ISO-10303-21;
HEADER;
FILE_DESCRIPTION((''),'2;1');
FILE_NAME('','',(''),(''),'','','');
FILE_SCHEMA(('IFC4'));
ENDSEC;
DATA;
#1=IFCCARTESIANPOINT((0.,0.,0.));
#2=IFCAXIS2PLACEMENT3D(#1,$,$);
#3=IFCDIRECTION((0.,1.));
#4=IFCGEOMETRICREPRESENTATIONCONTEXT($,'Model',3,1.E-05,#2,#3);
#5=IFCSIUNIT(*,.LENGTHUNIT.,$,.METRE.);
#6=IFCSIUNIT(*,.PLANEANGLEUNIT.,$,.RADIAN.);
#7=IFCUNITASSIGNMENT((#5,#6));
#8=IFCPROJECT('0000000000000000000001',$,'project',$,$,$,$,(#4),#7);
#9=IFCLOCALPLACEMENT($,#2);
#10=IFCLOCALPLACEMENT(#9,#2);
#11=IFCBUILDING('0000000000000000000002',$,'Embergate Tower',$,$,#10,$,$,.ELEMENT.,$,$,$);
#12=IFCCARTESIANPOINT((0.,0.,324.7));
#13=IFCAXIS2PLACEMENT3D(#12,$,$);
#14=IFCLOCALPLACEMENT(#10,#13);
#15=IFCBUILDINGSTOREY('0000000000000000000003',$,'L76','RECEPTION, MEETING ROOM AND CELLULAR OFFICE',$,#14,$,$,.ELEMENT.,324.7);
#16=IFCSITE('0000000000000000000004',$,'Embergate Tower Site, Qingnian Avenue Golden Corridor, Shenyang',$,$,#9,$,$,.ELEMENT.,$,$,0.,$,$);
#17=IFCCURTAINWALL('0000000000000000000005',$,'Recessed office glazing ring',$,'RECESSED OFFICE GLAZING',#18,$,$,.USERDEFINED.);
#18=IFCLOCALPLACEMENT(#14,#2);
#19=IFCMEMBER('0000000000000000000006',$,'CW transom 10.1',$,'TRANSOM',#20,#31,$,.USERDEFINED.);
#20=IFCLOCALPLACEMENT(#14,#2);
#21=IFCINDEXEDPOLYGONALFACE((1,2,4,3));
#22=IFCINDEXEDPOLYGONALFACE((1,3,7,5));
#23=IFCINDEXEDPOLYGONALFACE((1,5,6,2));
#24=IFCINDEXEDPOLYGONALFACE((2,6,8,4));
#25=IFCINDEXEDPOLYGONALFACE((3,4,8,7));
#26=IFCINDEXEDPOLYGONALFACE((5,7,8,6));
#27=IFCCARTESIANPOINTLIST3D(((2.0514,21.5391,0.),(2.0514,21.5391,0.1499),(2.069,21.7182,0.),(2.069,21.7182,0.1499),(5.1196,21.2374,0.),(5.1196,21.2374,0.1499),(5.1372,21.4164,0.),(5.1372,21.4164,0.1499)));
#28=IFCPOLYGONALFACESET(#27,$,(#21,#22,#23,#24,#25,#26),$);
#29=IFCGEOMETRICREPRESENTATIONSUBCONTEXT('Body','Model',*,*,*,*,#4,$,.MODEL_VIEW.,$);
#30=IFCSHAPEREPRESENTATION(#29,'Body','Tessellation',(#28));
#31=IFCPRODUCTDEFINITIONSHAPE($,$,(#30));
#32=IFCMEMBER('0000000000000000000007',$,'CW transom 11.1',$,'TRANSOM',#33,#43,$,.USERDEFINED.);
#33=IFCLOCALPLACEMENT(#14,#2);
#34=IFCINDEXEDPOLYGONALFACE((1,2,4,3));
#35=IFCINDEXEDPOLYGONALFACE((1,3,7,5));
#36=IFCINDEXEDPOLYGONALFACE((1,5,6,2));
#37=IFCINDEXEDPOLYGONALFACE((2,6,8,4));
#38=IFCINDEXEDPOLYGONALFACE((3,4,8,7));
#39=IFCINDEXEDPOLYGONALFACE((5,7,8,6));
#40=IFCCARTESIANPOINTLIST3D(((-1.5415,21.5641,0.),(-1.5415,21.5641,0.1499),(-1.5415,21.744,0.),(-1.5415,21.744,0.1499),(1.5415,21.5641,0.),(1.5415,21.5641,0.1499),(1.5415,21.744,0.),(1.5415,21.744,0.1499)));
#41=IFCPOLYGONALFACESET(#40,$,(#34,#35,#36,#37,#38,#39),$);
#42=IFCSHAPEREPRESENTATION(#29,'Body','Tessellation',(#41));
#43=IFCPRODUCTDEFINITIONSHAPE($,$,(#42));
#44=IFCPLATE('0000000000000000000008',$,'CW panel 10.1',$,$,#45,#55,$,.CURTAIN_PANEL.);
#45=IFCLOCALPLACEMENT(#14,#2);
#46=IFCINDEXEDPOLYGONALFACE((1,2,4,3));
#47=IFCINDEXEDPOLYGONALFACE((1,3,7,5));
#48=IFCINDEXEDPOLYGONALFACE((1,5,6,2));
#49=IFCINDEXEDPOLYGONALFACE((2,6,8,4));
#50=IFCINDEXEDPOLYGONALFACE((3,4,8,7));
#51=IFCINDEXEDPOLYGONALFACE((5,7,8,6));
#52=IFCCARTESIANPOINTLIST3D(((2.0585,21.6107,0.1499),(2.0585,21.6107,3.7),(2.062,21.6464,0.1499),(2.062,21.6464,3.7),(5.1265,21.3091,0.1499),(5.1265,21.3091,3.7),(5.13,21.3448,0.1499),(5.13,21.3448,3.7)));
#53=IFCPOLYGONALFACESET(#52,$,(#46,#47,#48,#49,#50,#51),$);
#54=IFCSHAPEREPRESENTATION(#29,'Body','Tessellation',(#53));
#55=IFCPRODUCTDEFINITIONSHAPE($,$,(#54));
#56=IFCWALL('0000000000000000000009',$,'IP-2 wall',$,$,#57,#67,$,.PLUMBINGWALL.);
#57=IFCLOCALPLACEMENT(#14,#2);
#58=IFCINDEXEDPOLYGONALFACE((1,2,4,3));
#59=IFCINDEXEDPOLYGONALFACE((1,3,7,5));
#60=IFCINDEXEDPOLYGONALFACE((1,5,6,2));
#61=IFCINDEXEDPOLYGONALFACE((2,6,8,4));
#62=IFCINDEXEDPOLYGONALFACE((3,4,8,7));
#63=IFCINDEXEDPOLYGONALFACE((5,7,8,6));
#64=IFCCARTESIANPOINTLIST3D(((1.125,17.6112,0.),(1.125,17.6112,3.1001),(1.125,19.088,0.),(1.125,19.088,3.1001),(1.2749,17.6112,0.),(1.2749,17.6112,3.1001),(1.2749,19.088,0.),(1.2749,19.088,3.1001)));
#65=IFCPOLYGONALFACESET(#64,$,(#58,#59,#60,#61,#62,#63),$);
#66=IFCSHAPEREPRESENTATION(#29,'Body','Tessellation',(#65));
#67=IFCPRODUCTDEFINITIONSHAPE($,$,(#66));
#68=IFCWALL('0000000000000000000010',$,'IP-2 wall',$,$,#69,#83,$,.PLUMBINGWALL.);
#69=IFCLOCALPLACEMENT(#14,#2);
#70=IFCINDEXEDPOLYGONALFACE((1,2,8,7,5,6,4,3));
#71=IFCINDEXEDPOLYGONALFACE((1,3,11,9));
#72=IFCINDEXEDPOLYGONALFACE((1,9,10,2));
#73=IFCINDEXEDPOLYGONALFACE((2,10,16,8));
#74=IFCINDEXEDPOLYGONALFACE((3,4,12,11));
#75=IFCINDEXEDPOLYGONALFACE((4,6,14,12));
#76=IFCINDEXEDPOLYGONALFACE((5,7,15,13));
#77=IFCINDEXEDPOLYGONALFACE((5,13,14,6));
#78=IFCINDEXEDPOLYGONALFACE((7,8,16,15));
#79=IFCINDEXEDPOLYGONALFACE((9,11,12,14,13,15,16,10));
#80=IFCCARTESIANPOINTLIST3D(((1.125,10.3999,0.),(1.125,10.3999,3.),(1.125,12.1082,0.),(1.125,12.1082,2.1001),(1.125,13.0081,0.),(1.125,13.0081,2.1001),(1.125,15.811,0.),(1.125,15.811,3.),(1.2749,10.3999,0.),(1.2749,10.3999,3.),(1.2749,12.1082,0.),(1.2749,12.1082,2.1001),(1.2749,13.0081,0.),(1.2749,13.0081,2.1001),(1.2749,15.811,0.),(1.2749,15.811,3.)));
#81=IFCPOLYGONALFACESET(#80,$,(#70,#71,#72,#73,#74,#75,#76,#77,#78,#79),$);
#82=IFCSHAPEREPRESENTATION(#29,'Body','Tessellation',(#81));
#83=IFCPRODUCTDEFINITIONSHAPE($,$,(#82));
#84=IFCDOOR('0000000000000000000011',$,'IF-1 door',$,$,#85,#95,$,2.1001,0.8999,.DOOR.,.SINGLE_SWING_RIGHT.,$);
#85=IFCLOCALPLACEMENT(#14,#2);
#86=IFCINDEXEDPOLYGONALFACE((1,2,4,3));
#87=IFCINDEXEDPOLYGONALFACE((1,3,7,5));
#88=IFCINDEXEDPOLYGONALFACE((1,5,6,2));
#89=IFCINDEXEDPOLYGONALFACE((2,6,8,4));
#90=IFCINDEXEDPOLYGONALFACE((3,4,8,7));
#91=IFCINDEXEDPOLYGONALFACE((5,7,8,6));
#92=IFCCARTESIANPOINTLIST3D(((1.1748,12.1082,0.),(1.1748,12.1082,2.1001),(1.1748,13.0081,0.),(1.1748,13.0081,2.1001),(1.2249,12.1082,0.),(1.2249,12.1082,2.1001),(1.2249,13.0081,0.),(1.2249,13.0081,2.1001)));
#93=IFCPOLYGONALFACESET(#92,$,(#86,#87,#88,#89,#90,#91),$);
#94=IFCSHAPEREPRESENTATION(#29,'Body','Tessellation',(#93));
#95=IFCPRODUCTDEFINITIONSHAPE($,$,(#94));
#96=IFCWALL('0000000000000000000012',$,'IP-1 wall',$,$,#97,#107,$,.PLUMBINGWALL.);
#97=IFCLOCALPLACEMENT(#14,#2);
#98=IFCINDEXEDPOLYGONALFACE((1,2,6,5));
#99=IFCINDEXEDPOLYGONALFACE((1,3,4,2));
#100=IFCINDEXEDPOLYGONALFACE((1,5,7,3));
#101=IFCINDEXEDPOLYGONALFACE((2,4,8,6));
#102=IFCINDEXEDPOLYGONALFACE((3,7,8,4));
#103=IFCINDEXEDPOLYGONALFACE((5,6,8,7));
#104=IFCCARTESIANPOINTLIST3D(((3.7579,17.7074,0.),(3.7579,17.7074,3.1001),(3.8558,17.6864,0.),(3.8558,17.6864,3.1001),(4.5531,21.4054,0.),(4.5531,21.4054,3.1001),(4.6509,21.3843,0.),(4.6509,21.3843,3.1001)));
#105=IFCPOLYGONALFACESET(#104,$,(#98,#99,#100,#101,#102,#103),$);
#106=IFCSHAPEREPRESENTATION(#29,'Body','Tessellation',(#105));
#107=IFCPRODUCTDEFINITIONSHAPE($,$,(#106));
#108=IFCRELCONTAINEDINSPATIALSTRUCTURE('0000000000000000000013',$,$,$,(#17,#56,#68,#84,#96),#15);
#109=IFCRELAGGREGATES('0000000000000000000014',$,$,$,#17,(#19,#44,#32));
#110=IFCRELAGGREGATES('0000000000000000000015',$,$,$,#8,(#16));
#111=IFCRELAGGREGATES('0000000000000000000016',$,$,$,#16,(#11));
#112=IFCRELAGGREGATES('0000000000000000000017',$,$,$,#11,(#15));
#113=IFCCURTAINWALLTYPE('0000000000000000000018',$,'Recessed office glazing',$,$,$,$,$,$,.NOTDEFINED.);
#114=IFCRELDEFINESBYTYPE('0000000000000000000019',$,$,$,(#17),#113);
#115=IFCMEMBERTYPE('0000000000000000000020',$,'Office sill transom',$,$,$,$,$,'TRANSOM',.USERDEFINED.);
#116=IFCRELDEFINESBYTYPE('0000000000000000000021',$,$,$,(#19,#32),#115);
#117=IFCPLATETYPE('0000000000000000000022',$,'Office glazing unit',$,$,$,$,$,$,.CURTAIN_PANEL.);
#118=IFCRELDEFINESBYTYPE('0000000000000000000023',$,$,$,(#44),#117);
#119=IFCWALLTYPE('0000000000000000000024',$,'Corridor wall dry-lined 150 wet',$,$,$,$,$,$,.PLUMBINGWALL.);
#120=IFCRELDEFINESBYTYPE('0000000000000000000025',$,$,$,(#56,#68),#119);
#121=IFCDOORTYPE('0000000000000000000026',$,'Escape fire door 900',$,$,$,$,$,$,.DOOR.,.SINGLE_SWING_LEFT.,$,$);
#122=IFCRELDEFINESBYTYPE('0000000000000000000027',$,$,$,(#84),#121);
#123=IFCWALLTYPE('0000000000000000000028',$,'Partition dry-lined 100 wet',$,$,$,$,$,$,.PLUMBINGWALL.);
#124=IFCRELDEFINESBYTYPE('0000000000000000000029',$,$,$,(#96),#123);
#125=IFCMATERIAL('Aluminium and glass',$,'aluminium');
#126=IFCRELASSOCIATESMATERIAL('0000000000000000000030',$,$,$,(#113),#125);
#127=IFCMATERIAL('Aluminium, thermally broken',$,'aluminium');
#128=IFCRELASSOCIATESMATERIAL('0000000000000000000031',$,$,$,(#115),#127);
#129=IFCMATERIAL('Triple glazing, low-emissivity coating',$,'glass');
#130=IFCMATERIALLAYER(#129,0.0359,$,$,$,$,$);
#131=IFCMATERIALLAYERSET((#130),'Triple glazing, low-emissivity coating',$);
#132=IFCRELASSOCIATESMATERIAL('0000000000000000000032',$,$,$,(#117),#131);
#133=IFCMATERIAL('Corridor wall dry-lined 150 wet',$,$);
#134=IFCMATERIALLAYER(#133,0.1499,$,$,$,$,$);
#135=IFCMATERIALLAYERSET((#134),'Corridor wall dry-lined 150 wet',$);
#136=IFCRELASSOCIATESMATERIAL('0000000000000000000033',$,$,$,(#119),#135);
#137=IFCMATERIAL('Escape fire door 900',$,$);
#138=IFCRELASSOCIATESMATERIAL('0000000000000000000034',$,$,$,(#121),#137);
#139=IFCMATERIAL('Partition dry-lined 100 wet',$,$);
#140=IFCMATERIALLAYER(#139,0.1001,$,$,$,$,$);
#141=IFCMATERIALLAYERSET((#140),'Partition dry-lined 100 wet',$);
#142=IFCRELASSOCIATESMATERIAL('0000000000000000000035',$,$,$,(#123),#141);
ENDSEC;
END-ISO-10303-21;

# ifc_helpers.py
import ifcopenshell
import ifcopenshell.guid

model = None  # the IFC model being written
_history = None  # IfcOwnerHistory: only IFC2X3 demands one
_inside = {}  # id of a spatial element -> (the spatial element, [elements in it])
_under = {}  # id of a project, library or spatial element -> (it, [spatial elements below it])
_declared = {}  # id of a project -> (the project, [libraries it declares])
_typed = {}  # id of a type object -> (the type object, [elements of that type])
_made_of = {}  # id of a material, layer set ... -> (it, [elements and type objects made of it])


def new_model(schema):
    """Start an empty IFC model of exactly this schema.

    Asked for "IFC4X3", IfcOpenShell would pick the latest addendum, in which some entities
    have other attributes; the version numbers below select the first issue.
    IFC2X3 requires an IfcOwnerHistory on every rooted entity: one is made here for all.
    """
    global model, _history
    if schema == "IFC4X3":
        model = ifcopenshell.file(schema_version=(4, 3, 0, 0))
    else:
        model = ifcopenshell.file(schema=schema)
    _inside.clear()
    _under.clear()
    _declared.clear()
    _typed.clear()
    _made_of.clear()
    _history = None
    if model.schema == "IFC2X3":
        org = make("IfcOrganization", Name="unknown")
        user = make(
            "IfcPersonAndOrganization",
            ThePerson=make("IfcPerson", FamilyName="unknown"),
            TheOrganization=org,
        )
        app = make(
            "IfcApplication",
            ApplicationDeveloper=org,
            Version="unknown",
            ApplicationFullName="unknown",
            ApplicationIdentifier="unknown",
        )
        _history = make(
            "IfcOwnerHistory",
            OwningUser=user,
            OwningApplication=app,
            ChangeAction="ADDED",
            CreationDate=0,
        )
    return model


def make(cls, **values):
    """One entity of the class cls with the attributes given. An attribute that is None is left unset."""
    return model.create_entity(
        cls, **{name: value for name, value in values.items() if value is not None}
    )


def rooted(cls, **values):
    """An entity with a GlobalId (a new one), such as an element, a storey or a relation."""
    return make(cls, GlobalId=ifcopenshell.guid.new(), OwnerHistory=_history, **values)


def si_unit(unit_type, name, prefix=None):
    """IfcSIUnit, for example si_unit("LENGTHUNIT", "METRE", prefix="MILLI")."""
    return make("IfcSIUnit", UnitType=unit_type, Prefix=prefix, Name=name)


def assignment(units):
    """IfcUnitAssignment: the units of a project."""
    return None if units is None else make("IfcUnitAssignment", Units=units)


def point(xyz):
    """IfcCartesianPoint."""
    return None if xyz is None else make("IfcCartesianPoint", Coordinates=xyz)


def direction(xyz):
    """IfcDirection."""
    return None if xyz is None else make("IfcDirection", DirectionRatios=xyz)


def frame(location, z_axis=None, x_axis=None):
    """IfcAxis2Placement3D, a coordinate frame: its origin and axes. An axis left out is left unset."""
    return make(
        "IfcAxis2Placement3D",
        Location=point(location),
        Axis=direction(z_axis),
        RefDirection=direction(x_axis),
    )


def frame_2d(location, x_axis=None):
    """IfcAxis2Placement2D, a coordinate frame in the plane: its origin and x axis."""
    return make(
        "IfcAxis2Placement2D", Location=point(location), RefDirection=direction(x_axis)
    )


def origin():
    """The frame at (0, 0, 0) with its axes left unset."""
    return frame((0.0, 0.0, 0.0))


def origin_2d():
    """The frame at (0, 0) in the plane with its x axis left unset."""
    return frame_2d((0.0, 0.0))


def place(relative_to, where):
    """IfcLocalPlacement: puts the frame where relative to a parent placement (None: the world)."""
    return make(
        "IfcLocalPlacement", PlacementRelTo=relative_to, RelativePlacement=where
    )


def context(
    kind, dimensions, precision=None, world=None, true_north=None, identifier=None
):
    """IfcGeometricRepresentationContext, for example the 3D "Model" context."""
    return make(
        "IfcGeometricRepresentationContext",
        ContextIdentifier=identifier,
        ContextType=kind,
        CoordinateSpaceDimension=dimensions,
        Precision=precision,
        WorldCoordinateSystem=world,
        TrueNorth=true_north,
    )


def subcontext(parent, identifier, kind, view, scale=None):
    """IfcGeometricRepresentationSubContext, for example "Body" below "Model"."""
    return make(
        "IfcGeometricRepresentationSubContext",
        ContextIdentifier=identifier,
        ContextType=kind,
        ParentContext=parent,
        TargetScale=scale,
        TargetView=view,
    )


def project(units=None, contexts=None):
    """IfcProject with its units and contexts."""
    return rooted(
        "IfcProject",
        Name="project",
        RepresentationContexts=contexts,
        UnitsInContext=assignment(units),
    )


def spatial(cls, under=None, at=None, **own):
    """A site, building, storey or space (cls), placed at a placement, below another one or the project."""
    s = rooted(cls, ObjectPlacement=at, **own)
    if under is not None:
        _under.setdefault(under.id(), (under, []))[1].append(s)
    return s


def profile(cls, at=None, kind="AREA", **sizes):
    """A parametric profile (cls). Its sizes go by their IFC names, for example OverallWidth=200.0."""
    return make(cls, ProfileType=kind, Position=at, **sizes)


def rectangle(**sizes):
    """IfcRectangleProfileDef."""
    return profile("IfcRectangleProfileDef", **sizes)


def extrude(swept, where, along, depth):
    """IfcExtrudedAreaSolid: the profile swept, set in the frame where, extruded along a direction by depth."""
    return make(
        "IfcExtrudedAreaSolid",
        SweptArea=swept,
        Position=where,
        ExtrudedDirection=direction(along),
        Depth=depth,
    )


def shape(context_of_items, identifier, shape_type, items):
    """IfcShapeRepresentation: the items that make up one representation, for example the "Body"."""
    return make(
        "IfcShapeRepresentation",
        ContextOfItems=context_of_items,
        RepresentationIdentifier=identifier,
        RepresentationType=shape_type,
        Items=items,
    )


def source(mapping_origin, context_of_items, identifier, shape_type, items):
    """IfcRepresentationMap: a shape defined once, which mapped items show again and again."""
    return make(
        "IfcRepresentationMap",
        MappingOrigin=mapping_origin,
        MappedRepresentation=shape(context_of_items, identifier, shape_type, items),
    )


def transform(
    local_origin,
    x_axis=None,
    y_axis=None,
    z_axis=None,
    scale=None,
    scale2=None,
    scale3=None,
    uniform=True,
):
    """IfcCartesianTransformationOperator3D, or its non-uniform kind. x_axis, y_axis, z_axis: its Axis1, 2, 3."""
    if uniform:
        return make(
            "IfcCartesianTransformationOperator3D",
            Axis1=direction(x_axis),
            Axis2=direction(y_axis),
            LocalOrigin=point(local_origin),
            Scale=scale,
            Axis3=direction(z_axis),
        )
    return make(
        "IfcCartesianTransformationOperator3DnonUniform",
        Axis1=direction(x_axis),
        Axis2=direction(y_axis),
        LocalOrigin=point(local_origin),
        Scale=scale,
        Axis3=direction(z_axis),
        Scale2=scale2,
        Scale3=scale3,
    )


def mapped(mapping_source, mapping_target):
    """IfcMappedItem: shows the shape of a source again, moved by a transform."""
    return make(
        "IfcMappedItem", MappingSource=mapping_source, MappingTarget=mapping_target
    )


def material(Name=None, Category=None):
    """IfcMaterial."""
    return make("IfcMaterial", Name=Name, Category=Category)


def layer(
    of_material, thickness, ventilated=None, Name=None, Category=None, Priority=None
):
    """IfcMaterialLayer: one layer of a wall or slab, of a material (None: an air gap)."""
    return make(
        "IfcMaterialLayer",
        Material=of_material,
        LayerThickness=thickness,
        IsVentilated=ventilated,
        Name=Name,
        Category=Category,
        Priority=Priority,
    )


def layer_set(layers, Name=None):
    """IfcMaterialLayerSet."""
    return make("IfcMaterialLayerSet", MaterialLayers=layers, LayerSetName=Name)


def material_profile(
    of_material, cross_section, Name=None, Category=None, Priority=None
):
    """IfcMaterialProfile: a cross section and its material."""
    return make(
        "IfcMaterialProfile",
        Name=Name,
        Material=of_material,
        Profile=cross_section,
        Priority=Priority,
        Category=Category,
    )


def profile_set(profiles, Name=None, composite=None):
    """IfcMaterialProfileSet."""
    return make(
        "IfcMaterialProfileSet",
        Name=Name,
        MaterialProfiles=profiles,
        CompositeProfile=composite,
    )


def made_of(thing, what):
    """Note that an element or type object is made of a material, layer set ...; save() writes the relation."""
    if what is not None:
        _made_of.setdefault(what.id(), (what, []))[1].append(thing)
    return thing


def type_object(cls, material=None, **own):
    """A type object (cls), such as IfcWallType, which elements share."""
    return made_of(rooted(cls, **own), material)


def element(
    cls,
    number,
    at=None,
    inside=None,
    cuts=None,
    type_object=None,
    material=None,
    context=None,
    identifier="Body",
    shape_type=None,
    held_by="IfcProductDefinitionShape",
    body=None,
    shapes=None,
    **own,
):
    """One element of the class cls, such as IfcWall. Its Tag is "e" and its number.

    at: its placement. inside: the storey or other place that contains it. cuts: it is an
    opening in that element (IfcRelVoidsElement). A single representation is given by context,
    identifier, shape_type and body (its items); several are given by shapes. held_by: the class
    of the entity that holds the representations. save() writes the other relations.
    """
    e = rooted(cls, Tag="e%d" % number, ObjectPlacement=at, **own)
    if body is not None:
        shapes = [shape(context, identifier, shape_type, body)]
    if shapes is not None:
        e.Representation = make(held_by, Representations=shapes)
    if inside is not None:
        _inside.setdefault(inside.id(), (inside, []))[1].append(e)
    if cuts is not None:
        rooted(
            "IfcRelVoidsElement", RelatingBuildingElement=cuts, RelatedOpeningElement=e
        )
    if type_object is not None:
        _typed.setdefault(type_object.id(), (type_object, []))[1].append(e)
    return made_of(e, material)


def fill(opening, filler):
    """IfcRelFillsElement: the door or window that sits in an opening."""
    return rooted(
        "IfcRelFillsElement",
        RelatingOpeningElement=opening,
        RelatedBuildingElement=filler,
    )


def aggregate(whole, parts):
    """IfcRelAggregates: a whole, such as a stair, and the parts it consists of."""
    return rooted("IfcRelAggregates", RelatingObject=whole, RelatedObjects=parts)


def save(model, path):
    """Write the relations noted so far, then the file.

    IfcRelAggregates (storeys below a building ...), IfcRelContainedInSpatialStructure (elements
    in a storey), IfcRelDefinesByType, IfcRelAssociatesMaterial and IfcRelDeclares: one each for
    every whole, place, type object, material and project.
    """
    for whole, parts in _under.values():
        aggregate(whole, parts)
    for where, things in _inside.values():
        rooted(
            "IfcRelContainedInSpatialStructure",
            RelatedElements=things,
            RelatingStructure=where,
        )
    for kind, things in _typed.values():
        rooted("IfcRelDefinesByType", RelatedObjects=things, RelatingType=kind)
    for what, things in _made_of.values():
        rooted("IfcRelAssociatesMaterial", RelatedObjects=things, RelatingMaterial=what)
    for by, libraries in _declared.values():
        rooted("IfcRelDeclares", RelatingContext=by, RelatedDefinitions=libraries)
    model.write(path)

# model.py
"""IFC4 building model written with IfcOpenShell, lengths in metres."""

from ifc_helpers import new_model, si_unit, direction, frame, frame_2d, origin, origin_2d, place, context, subcontext, project, spatial, rectangle, extrude, source, transform, mapped, material, layer, layer_set, material_profile, profile_set, type_object, element, fill, aggregate, save


model = new_model("IFC4")

# Units and contexts
model_context = context("Model", 3, precision=1e-05, world=origin(), true_north=direction((0.0, 1.0)))
body_context = subcontext(model_context, "Body", "Model", "MODEL_VIEW")
ifc_project = project(units=[si_unit("LENGTHUNIT", "METRE"), si_unit("PLANEANGLEUNIT", "RADIAN")], contexts=[model_context])

# Site, building, storey
site_placement = place(None, origin())
site = spatial("IfcSite", under=ifc_project, at=site_placement, Name="Embergate Tower Site, Qingnian Avenue Golden Corridor, Shenyang", CompositionType="ELEMENT", RefElevation=0.0)
building_placement = place(site_placement, origin())
building = spatial("IfcBuilding", under=site, at=building_placement, Name="Embergate Tower", CompositionType="ELEMENT")
storey_placement = place(building_placement, frame((0.0, 0.0, 324.7)))
storey = spatial("IfcBuildingStorey", under=building, at=storey_placement, Name="L76", Description="RECEPTION, MEETING ROOM AND CELLULAR OFFICE", CompositionType="ELEMENT", Elevation=324.7)

# Curtain wall, members, plate
ifc_material_1 = material(Name="Aluminium and glass", Category="aluminium")
curtain_wall_type = type_object("IfcCurtainWallType", Name="Recessed office glazing", PredefinedType="NOTDEFINED", material=ifc_material_1)
curtain_wall_placement = place(storey_placement, origin())
curtain_wall = element("IfcCurtainWall", 1, at=curtain_wall_placement, inside=storey, type_object=curtain_wall_type, Name="Recessed office glazing ring", ObjectType="RECESSED OFFICE GLAZING", PredefinedType="USERDEFINED")
ifc_material_2 = material(Name="Aluminium, thermally broken", Category="aluminium")
ifc_material_profile_1 = material_profile(ifc_material_2, rectangle(XDim=0.1799, YDim=0.1499, at=origin_2d()), Name="AL 150x180")
ifc_profile_set_1 = profile_set([ifc_material_profile_1], Name="Aluminium, thermally broken")
member_type_1 = type_object("IfcMemberType", Name="Office sill transom", ElementType="TRANSOM", PredefinedType="USERDEFINED", material=ifc_profile_set_1)
shared_shape_1 = source(origin(), body_context, "Body", "SweptSolid", [
    extrude(rectangle(XDim=0.1799, YDim=0.1499, at=origin_2d()), origin(), (0.0, 0.0, 1.0), 3.083),
])
member_1_placement = place(storey_placement, frame((5.1284, 21.3269, 0.075), z_axis=(-0.995198, 0.097881, 0.0), x_axis=(-0.097881, -0.995198, 0.0)))
member_1 = element("IfcMember", 2, at=member_1_placement, type_object=member_type_1, Name="CW transom 10.1", ObjectType="TRANSOM", PredefinedType="USERDEFINED", context=body_context, shape_type="MappedRepresentation", body=[
    mapped(shared_shape_1, transform((0.0, 0.0, 0.0))),
])
member_2_placement = place(storey_placement, frame((1.5415, 21.6541, 0.075), z_axis=(-1.0, 0.0, 0.0), x_axis=(0.0, -1.0, 0.0)))
member_2 = element("IfcMember", 3, at=member_2_placement, type_object=member_type_1, Name="CW transom 11.1", ObjectType="TRANSOM", PredefinedType="USERDEFINED", context=body_context, shape_type="MappedRepresentation", body=[
    mapped(shared_shape_1, transform((0.0, 0.0, 0.0))),
])
ifc_material_3 = material(Name="Triple glazing, low-emissivity coating", Category="glass")
ifc_layer_1 = layer(ifc_material_3, 0.0359)
ifc_layer_set_1 = layer_set([ifc_layer_1], Name="Triple glazing, low-emissivity coating")
plate_type = type_object("IfcPlateType", Name="Office glazing unit", PredefinedType="CURTAIN_PANEL", material=ifc_layer_set_1)
shared_shape_2 = source(origin(), body_context, "Body", "SweptSolid", [
    extrude(rectangle(XDim=3.0828, YDim=0.0359, at=origin_2d()), origin(), (0.0, 0.0, 1.0), 3.55),
])
plate_placement = place(storey_placement, frame((3.5942, 21.4778, 0.1499), z_axis=(0.0, 0.0, 1.0), x_axis=(-0.995203, 0.097831, 0.0)))
plate = element("IfcPlate", 4, at=plate_placement, type_object=plate_type, Name="CW panel 10.1", PredefinedType="CURTAIN_PANEL", context=body_context, shape_type="MappedRepresentation", body=[
    mapped(shared_shape_2, transform((0.0, 0.0, 0.0))),
])
aggregate(curtain_wall, [member_1, plate, member_2])

# Wall
ifc_material_4 = material(Name="Corridor wall dry-lined 150 wet")
ifc_layer_2 = layer(ifc_material_4, 0.1499)
ifc_layer_set_2 = layer_set([ifc_layer_2], Name="Corridor wall dry-lined 150 wet")
wall_type_1 = type_object("IfcWallType", Name="Corridor wall dry-lined 150 wet", PredefinedType="PLUMBINGWALL", material=ifc_layer_set_2)
shared_shape_3 = source(origin(), body_context, "Body", "SweptSolid", [
    extrude(rectangle(XDim=1.4768, YDim=0.1499, at=frame_2d((0.7383, 0.0))), origin(), (0.0, 0.0, 1.0), 3.1001),
])
wall_1_placement = place(storey_placement, frame((1.2, 19.0879, 0.0), z_axis=(0.0, 0.0, 1.0), x_axis=(0.0, -1.0, 0.0)))
element("IfcWall", 5, at=wall_1_placement, inside=storey, type_object=wall_type_1, Name="IP-2 wall", PredefinedType="PLUMBINGWALL", context=body_context, shape_type="MappedRepresentation", body=[
    mapped(shared_shape_3, transform((0.0, 0.0, 0.0))),
])

# Wall, opening, door
shared_shape_4 = source(origin(), body_context, "Body", "SweptSolid", [
    extrude(rectangle(XDim=5.4111, YDim=0.1499, at=frame_2d((2.7056, 0.0))), origin(), (0.0, 0.0, 1.0), 3.0),
])
wall_2_placement = place(storey_placement, frame((1.2, 15.811, 0.0), z_axis=(0.0, 0.0, 1.0), x_axis=(0.0, -1.0, 0.0)))
wall_2 = element("IfcWall", 6, at=wall_2_placement, inside=storey, type_object=wall_type_1, Name="IP-2 wall", PredefinedType="PLUMBINGWALL", context=body_context, shape_type="MappedRepresentation", body=[
    mapped(shared_shape_4, transform((0.0, 0.0, 0.0))),
])
shared_shape_5 = source(origin(), body_context, "Body", "SweptSolid", [
    extrude(rectangle(XDim=0.8999, YDim=2.1001, at=frame_2d((0.45, 1.05))), frame((0.0, 0.085, 0.0), z_axis=(0.0, -1.0, 0.0), x_axis=(1.0, 0.0, 0.0)), (0.0, 0.0, 1.0), 0.1699),
])
opening_placement = place(wall_2_placement, frame((2.803, 0.0, 0.0)))
opening = element("IfcOpeningElement", 7, at=opening_placement, cuts=wall_2, PredefinedType="OPENING", context=body_context, shape_type="MappedRepresentation", body=[
    mapped(shared_shape_5, transform((0.0, 0.0, 0.0))),
])
ifc_material_5 = material(Name="Escape fire door 900")
door_type = type_object("IfcDoorType", Name="Escape fire door 900", OperationType="SINGLE_SWING_LEFT", PredefinedType="DOOR", material=ifc_material_5)
shared_shape_6 = source(origin(), body_context, "Body", "SweptSolid", [
    extrude(rectangle(XDim=0.8999, YDim=2.1001, at=frame_2d((0.45, 1.05))), frame((0.0, 0.0249, 0.0), z_axis=(0.0, -1.0, 0.0), x_axis=(1.0, 0.0, 0.0)), (0.0, 0.0, 1.0), 0.05),
])
door_placement = place(opening_placement, origin())
door = element("IfcDoor", 8, at=door_placement, inside=storey, type_object=door_type, Name="IF-1 door", OperationType="SINGLE_SWING_RIGHT", OverallHeight=2.1001, OverallWidth=0.8999, PredefinedType="DOOR", context=body_context, shape_type="MappedRepresentation", body=[
    mapped(shared_shape_6, transform((0.0, 0.0, 0.0))),
])
fill(opening, door)

# Wall
ifc_material_6 = material(Name="Partition dry-lined 100 wet")
ifc_layer_3 = layer(ifc_material_6, 0.1001)
ifc_layer_set_3 = layer_set([ifc_layer_3], Name="Partition dry-lined 100 wet")
wall_type_2 = type_object("IfcWallType", Name="Partition dry-lined 100 wet", PredefinedType="PLUMBINGWALL", material=ifc_layer_set_3)
shared_shape_7 = source(origin(), body_context, "Body", "SweptSolid", [
    extrude(rectangle(XDim=3.7825, YDim=0.1001, at=frame_2d((1.8911, 0.0))), origin(), (0.0, 0.0, 1.0), 3.1001),
])
wall_3_placement = place(storey_placement, frame((3.8069, 17.697, 0.0), z_axis=(0.0, 0.0, 1.0), x_axis=(0.210221, 0.977654, 0.0)))
element("IfcWall", 9, at=wall_3_placement, inside=storey, type_object=wall_type_2, Name="IP-1 wall", PredefinedType="PLUMBINGWALL", context=body_context, shape_type="MappedRepresentation", body=[
    mapped(shared_shape_7, transform((0.0, 0.0, 0.0))),
])

save(model, "model.ifc")
